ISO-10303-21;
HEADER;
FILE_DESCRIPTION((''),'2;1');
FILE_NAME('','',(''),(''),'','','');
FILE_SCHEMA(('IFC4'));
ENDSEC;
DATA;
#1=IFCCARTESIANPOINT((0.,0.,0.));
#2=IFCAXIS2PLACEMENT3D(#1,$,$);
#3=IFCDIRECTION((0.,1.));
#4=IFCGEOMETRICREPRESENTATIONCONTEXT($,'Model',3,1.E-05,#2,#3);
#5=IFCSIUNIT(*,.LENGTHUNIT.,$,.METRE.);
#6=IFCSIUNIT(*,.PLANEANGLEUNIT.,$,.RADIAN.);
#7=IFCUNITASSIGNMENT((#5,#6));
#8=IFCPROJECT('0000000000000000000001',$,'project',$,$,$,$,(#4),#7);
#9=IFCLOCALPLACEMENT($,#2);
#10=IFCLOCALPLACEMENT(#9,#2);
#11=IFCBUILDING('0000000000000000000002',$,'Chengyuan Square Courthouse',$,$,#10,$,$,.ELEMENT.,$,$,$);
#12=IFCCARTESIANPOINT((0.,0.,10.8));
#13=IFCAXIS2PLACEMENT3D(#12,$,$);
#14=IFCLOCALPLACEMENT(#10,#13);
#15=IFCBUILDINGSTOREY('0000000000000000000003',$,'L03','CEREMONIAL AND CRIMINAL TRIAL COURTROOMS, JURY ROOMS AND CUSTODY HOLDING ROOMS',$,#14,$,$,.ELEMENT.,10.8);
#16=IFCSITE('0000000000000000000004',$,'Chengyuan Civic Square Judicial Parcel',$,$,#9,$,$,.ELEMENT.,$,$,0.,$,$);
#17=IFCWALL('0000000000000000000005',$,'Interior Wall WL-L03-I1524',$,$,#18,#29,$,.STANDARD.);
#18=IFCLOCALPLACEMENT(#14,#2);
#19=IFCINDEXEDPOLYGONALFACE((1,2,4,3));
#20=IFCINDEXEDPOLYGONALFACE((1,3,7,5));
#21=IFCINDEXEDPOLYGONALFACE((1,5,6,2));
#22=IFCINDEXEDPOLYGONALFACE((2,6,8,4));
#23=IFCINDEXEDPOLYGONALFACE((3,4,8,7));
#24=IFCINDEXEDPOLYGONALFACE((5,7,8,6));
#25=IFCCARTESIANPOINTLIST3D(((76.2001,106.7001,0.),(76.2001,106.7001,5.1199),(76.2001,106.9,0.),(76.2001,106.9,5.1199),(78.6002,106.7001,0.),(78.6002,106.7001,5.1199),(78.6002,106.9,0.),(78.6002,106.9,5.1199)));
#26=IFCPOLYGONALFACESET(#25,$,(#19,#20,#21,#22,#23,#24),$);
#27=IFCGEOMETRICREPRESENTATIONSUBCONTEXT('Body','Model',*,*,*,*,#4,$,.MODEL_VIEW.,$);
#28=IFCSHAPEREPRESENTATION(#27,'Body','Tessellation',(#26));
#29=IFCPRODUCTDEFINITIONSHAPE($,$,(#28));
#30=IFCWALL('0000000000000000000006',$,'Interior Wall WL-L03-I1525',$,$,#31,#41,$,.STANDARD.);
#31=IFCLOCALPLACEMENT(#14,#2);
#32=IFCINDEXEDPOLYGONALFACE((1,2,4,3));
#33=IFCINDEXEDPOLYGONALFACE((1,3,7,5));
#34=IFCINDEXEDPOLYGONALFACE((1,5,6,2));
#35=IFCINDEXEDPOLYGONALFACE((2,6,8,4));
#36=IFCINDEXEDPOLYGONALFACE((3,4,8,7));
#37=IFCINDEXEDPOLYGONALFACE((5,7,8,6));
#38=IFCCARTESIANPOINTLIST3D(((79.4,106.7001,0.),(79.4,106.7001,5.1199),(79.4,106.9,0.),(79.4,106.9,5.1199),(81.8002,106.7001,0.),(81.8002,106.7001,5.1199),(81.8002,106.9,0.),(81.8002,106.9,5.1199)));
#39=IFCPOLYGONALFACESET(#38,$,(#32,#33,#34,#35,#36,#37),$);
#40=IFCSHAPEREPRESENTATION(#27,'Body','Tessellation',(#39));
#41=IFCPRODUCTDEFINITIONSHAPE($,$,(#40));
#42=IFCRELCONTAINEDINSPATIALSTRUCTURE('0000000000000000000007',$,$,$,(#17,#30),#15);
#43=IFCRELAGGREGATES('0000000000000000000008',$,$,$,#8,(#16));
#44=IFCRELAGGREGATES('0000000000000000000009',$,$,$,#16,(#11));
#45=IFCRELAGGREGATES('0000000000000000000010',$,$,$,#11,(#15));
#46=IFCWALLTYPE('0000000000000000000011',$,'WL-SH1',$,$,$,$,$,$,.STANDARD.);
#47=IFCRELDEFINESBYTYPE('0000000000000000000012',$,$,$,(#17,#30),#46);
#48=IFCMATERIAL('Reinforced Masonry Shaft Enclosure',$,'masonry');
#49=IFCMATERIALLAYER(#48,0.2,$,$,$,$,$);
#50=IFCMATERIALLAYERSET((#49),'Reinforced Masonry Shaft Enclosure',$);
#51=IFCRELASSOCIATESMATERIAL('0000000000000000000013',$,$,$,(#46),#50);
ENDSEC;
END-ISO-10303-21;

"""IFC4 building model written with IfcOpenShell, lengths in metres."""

from ifc_helpers import new_model, si_unit, direction, frame, frame_2d, origin, place, context, subcontext, project, spatial, rectangle, extrude, material, layer, layer_set, type_object, element, save


model = new_model("IFC4")

# Units and contexts
model_context = context("Model", 3, precision=1e-05, world=origin(), true_north=direction((0.0, 1.0)))
body_context = subcontext(model_context, "Body", "Model", "MODEL_VIEW")
ifc_project = project(units=[si_unit("LENGTHUNIT", "METRE"), si_unit("PLANEANGLEUNIT", "RADIAN")], contexts=[model_context])

# Site, building, storey
site_placement = place(None, origin())
site = spatial("IfcSite", under=ifc_project, at=site_placement, Name="Chengyuan Civic Square Judicial Parcel", CompositionType="ELEMENT", RefElevation=0.0)
building_placement = place(site_placement, origin())
building = spatial("IfcBuilding", under=site, at=building_placement, Name="Chengyuan Square Courthouse", CompositionType="ELEMENT")
storey_placement = place(building_placement, frame((0.0, 0.0, 10.8)))
storey = spatial("IfcBuildingStorey", under=building, at=storey_placement, Name="L03", Description="CEREMONIAL AND CRIMINAL TRIAL COURTROOMS, JURY ROOMS AND CUSTODY HOLDING ROOMS", CompositionType="ELEMENT", Elevation=10.8)

# Walls
ifc_material_1 = material(Name="Reinforced Masonry Shaft Enclosure", Category="masonry")
ifc_layer_1 = layer(ifc_material_1, 0.2)
ifc_layer_set_1 = layer_set([ifc_layer_1], Name="Reinforced Masonry Shaft Enclosure")
wall_type_1 = type_object("IfcWallType", Name="WL-SH1", PredefinedType="STANDARD", material=ifc_layer_set_1)
for number, where, z_axis, x_axis, name in (
    (1, (76.2, 106.8, 0.0), (0.0, 0.0, 1.0), (1.0, 0.0, 0.0), "Interior Wall WL-L03-I1524"),
    (2, (79.3999, 106.8, 0.0), (0.0, 0.0, 1.0), (1.0, 0.0, 0.0), "Interior Wall WL-L03-I1525"),
):
    element("IfcWall", number, at=place(storey_placement, frame(where, z_axis=z_axis, x_axis=x_axis)), inside=storey, type_object=wall_type_1, Name=name, PredefinedType="STANDARD", context=body_context, shape_type="SweptSolid", body=[
        extrude(rectangle(XDim=2.4001, YDim=0.2, at=frame_2d((1.2002, 0.0))), origin(), (0.0, 0.0, 1.0), 5.1199),
    ])

save(model, "model.ifc")
